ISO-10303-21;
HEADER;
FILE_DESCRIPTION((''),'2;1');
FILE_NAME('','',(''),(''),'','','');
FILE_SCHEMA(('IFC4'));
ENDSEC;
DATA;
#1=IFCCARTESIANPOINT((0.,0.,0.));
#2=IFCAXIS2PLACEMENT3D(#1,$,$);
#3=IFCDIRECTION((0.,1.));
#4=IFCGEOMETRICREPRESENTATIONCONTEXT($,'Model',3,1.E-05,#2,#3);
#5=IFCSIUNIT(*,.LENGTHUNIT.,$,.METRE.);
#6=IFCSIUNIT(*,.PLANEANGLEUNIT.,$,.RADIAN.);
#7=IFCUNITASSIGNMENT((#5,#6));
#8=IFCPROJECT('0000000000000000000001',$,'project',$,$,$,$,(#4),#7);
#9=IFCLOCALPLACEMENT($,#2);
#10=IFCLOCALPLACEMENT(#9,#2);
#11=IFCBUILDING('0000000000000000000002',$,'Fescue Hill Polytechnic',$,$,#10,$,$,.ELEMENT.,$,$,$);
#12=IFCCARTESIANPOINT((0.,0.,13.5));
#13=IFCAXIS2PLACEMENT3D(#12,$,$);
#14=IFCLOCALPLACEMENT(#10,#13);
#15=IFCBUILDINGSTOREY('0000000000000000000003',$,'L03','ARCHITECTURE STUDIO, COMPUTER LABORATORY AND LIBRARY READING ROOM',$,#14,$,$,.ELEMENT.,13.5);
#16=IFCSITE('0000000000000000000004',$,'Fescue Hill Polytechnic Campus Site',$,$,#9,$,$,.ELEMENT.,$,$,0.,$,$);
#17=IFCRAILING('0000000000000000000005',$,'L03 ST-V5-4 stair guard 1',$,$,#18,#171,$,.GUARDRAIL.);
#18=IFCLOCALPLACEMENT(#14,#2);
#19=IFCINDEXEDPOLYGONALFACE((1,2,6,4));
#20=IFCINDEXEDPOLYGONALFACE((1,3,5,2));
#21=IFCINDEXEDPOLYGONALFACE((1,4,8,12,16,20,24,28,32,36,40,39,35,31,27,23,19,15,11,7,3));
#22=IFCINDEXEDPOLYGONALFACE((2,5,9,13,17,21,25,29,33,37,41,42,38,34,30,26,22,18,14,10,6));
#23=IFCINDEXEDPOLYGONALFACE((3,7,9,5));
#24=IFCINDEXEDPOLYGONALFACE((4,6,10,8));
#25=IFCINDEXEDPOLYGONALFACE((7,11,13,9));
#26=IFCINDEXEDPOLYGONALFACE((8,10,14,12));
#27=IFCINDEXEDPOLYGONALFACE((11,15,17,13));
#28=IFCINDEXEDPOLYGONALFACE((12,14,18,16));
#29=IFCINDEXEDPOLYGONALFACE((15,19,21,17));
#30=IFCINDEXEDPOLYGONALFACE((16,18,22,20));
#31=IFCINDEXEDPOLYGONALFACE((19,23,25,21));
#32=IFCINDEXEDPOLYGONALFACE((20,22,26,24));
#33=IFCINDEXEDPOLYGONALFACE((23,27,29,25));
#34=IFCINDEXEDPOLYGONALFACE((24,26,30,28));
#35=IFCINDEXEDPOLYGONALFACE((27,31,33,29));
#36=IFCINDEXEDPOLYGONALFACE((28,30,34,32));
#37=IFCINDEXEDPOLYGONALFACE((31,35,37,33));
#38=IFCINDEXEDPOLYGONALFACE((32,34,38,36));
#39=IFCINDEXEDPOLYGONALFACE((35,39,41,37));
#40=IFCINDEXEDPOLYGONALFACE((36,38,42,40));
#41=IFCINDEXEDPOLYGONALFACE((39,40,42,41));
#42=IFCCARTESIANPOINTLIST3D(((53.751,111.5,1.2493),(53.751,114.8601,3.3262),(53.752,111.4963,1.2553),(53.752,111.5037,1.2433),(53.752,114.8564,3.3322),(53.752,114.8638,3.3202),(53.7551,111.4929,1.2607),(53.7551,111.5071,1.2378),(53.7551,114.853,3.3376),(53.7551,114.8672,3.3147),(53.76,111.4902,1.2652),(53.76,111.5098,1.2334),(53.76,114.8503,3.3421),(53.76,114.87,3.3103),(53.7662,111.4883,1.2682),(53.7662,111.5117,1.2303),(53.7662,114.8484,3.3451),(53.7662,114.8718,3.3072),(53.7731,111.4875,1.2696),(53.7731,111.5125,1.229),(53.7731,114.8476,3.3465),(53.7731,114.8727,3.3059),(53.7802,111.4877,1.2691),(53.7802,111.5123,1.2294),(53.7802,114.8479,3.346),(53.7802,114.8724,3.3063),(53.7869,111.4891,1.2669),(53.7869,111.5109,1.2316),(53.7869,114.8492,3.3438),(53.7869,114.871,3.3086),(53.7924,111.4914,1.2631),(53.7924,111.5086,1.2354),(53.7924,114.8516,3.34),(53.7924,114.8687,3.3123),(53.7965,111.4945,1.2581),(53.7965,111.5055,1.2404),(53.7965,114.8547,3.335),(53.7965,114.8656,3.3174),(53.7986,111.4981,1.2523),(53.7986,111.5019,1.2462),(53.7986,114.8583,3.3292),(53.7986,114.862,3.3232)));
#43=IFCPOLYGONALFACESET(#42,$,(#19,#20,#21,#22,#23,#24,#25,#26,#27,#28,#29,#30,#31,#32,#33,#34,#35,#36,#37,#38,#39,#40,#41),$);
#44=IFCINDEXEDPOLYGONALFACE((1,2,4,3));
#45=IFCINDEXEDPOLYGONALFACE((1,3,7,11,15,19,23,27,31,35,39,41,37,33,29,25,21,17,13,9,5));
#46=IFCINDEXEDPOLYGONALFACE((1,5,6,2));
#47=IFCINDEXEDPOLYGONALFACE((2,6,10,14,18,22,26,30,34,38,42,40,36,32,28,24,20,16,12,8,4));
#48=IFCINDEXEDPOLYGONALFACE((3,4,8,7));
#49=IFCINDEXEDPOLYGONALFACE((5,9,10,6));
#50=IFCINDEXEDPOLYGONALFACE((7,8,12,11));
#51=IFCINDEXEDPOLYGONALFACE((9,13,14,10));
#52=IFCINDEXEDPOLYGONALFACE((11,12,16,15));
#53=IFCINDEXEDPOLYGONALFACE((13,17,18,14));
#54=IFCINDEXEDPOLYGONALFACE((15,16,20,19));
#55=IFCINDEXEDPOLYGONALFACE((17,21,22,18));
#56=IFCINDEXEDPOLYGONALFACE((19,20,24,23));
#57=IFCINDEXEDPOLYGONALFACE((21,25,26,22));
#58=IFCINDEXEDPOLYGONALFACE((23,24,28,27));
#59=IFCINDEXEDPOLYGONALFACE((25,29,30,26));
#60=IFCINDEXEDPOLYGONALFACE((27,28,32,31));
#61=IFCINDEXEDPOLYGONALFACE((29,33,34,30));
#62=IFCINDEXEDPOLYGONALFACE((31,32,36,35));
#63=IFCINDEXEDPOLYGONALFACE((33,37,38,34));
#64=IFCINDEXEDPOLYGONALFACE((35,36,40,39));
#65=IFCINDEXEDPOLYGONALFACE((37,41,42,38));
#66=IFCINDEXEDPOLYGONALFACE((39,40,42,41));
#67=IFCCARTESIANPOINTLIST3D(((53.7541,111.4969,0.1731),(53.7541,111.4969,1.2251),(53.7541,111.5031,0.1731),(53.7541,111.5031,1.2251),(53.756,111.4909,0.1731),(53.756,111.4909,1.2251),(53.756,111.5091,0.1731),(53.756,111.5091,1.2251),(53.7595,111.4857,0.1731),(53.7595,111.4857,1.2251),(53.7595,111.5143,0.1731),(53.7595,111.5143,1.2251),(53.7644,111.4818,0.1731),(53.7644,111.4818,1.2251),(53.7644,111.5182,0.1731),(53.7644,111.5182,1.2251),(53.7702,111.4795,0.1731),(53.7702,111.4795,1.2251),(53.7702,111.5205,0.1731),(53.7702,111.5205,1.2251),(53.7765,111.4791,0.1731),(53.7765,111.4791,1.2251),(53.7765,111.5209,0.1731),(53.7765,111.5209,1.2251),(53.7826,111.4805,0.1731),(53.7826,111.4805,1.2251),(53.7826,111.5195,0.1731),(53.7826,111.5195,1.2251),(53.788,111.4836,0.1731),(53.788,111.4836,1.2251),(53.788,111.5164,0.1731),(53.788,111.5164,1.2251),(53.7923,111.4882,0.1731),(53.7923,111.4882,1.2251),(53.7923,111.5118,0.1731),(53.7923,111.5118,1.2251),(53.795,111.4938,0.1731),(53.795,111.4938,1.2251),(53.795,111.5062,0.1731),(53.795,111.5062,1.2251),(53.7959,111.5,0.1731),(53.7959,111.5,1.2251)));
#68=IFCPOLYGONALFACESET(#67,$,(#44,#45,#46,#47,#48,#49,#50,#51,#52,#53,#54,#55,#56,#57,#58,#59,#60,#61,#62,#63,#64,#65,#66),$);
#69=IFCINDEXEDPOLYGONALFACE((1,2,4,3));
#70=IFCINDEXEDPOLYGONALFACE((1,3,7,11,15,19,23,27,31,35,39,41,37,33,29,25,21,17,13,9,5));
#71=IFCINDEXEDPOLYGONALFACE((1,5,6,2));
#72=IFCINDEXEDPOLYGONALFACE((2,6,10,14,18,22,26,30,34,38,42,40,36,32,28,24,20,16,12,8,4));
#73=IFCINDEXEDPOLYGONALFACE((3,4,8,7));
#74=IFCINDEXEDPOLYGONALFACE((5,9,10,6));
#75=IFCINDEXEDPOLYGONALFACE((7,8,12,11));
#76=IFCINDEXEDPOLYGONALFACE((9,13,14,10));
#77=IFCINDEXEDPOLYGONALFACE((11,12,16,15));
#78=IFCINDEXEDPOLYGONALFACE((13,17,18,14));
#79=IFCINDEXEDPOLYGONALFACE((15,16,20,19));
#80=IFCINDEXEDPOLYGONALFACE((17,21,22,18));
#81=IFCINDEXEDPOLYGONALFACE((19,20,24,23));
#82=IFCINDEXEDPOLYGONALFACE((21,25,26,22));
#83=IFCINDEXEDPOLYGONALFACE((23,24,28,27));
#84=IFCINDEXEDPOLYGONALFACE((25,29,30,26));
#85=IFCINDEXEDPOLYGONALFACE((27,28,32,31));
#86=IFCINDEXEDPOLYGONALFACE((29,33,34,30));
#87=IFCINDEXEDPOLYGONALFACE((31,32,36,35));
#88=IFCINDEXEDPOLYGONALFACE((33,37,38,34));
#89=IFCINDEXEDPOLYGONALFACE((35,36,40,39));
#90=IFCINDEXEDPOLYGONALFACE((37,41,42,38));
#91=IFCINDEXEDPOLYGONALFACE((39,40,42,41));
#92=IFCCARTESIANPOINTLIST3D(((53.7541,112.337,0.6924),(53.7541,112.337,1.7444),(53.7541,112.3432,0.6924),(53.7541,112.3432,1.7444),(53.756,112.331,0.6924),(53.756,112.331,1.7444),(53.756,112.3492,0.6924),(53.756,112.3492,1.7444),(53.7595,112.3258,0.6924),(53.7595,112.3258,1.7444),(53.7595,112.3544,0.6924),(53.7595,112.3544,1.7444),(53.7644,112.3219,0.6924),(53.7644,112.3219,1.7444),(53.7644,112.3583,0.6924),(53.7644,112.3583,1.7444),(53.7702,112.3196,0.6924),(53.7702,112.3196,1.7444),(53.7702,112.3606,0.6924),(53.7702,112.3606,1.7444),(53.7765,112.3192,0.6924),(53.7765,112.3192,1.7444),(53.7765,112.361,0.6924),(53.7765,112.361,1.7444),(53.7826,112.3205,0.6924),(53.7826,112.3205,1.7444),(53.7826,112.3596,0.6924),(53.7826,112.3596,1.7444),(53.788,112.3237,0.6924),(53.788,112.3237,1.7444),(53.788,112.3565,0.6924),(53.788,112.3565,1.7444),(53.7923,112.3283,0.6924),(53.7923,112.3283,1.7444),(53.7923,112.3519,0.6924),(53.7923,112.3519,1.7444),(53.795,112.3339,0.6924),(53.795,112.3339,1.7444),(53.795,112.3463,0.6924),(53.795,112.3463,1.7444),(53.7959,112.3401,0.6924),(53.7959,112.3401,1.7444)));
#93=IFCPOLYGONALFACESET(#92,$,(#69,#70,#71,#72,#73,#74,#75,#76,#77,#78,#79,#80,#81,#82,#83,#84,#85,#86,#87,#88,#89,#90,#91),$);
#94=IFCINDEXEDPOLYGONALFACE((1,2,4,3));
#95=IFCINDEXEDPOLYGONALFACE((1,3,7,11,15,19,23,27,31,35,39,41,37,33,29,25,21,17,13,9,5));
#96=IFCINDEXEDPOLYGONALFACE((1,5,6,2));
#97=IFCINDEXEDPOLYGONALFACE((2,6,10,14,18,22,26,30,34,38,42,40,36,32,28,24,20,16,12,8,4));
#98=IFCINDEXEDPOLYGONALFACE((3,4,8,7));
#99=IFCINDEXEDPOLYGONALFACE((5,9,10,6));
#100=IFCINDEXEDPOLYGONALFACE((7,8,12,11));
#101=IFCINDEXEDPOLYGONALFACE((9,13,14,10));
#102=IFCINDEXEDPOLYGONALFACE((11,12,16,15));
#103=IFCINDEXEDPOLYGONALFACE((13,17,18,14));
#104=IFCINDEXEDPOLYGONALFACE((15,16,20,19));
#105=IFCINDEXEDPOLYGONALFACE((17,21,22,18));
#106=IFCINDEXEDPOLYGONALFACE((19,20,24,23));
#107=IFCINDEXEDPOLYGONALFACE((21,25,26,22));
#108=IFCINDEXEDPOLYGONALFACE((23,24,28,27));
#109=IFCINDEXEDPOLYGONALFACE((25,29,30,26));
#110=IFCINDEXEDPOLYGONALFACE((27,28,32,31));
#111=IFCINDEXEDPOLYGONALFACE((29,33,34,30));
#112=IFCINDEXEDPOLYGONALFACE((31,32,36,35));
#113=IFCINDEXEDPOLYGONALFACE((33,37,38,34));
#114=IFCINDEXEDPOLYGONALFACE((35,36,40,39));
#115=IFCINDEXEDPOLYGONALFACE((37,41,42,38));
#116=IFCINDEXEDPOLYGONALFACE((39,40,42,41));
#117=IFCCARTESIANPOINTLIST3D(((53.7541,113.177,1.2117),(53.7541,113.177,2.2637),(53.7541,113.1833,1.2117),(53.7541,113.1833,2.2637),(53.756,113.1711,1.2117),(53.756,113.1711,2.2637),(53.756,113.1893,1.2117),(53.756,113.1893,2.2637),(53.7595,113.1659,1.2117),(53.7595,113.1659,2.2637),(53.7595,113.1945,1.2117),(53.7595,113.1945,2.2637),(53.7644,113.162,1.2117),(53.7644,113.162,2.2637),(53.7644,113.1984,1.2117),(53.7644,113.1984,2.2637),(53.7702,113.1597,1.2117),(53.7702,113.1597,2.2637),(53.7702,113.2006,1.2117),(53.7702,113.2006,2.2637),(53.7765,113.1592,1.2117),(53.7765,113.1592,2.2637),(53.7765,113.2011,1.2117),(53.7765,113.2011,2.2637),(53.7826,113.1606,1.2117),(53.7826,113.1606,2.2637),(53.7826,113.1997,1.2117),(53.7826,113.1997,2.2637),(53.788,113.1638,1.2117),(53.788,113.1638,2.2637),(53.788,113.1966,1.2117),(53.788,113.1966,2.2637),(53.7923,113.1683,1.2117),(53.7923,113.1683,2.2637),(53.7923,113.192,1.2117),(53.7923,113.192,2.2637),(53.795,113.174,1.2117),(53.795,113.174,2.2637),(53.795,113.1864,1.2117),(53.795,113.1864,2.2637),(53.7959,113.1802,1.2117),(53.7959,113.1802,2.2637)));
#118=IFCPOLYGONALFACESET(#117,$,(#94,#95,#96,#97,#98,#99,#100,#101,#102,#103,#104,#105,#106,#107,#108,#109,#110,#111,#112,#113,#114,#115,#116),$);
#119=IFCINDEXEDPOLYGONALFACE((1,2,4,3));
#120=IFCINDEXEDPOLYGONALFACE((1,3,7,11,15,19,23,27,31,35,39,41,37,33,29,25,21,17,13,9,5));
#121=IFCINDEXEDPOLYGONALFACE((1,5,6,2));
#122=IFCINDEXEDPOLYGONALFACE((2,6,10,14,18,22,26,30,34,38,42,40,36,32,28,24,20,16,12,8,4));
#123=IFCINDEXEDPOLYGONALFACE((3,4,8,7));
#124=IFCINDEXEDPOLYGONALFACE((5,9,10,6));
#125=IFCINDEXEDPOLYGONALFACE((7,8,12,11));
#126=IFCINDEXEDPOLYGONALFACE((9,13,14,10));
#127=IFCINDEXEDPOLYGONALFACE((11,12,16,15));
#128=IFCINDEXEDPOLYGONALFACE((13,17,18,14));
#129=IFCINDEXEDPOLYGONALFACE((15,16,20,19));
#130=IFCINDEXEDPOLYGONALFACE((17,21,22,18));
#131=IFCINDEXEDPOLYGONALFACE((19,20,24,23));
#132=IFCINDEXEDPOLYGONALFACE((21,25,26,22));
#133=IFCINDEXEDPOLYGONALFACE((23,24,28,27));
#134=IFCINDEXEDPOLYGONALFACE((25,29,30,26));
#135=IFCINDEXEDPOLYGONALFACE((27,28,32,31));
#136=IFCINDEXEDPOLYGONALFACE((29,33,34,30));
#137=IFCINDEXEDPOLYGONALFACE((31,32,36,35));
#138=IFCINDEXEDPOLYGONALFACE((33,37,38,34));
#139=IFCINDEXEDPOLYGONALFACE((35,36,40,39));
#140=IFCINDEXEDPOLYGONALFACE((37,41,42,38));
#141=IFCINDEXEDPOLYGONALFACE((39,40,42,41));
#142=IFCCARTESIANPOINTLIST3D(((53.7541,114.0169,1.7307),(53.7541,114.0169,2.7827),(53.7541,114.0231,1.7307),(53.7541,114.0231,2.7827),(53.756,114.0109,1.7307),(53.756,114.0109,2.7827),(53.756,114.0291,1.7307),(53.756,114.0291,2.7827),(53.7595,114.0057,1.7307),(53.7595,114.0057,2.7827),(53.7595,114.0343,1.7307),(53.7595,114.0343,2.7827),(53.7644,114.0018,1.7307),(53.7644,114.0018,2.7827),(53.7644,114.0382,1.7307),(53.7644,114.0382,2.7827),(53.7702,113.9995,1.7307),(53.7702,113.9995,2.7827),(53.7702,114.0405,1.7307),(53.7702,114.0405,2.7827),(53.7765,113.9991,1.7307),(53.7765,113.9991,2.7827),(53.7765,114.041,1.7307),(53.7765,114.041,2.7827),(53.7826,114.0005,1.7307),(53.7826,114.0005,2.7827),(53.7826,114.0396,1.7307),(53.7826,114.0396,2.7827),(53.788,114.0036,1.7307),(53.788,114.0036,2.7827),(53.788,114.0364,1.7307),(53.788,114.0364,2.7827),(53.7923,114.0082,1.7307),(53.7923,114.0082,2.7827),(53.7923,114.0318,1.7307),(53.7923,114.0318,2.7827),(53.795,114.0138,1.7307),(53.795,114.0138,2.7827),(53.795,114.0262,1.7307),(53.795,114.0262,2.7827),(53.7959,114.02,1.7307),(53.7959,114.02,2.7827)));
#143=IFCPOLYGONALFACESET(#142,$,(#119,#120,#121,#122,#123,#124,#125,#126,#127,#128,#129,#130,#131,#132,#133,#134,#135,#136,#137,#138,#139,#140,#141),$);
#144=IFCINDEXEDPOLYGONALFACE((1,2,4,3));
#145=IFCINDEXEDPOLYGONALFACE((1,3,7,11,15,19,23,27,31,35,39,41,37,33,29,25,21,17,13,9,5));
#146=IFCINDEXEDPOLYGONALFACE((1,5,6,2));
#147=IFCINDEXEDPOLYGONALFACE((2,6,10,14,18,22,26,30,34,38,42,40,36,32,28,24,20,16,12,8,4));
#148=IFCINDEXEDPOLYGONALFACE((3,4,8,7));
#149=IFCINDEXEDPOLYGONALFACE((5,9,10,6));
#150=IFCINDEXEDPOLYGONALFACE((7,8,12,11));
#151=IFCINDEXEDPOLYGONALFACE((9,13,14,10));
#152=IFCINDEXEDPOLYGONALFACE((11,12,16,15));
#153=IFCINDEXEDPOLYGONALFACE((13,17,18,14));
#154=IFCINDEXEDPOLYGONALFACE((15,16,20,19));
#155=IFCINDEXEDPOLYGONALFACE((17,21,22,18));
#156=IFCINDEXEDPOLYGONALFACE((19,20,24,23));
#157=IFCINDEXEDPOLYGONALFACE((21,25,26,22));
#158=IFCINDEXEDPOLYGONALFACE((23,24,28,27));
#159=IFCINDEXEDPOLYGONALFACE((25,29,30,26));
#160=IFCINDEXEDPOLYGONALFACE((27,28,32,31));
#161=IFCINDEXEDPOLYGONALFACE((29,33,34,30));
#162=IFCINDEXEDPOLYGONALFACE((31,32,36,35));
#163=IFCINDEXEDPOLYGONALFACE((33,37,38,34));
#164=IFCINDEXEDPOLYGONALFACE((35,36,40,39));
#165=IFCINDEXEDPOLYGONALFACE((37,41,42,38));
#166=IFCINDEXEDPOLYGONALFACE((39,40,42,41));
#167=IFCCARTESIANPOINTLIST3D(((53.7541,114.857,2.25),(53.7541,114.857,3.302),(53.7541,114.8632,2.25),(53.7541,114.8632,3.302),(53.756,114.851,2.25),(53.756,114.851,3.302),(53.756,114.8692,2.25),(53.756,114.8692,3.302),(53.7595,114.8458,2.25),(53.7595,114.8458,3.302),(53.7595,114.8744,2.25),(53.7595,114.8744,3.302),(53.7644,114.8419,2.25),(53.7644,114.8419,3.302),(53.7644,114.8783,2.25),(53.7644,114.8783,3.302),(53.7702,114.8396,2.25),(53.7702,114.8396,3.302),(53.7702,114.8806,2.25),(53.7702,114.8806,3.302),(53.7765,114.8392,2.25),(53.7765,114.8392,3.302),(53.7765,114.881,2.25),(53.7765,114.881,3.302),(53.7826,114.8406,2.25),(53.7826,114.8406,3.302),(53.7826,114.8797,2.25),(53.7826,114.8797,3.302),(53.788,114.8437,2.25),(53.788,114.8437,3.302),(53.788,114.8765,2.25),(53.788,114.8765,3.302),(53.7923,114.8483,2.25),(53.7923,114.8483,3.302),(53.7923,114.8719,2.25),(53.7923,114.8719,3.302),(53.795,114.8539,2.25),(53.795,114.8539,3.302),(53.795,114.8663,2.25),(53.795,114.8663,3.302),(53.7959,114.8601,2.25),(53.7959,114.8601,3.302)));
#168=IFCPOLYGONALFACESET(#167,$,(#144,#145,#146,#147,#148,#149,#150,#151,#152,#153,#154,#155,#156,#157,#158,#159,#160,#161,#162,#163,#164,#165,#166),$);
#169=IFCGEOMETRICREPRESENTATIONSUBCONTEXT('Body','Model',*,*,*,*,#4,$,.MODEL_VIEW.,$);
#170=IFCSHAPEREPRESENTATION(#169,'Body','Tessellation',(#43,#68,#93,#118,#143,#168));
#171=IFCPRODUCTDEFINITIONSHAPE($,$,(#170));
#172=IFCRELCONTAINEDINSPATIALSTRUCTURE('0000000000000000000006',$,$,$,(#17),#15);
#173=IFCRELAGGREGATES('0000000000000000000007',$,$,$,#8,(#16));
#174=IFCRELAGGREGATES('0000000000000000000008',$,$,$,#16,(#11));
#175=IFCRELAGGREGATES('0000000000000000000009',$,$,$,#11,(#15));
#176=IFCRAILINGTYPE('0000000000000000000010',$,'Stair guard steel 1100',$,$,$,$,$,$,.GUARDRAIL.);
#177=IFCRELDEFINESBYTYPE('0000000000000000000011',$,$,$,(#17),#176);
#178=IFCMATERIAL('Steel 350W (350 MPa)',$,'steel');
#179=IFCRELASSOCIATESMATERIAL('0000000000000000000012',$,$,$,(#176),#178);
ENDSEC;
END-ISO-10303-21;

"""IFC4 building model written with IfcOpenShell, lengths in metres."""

from ifc_helpers import new_model, si_unit, direction, frame, origin, origin_2d, place, context, subcontext, project, spatial, circle, extrude, material, type_object, element, save


model = new_model("IFC4")

# Units and contexts
model_context = context("Model", 3, precision=1e-05, world=origin(), true_north=direction((0.0, 1.0)))
body_context = subcontext(model_context, "Body", "Model", "MODEL_VIEW")
ifc_project = project(units=[si_unit("LENGTHUNIT", "METRE"), si_unit("PLANEANGLEUNIT", "RADIAN")], contexts=[model_context])

# Site, building, storey
site_placement = place(None, origin())
site = spatial("IfcSite", under=ifc_project, at=site_placement, Name="Fescue Hill Polytechnic Campus Site", CompositionType="ELEMENT", RefElevation=0.0)
building_placement = place(site_placement, origin())
building = spatial("IfcBuilding", under=site, at=building_placement, Name="Fescue Hill Polytechnic", CompositionType="ELEMENT")
storey_placement = place(building_placement, frame((0.0, 0.0, 13.5)))
storey = spatial("IfcBuildingStorey", under=building, at=storey_placement, Name="L03", Description="ARCHITECTURE STUDIO, COMPUTER LABORATORY AND LIBRARY READING ROOM", CompositionType="ELEMENT", Elevation=13.5)

# Railing
ifc_material_1 = material(Name="Steel 350W (350 MPa)", Category="steel")
railing_type_1 = type_object("IfcRailingType", Name="Stair guard steel 1100", PredefinedType="GUARDRAIL", material=ifc_material_1)
railing_1_placement = place(storey_placement, frame((53.7749, 111.5, 0.1731)))
element("IfcRailing", 1, at=railing_1_placement, inside=storey, type_object=railing_type_1, Name="L03 ST-V5-4 stair guard 1", PredefinedType="GUARDRAIL", context=body_context, shape_type="SweptSolid", body=[
    extrude(circle(Radius=0.0239, at=origin_2d()), frame((0.0, 0.0, 1.0762), z_axis=(0.0, 0.850623, 0.525776), x_axis=(-1.0, 0.0, 0.0)), (0.0, 0.0, 1.0), 3.9502),
    extrude(circle(Radius=0.021, at=origin_2d()), origin(), (0.0, 0.0, 1.0), 1.052),
    extrude(circle(Radius=0.021, at=origin_2d()), frame((0.0, 0.8401, 0.5193)), (0.0, 0.0, 1.0), 1.052),
    extrude(circle(Radius=0.021, at=origin_2d()), frame((0.0, 1.6802, 1.0386)), (0.0, 0.0, 1.0), 1.052),
    extrude(circle(Radius=0.021, at=origin_2d()), frame((0.0, 2.52, 1.5576)), (0.0, 0.0, 1.0), 1.052),
    extrude(circle(Radius=0.021, at=origin_2d()), frame((0.0, 3.3601, 2.0769)), (0.0, 0.0, 1.0), 1.052),
])

save(model, "model.ifc")
